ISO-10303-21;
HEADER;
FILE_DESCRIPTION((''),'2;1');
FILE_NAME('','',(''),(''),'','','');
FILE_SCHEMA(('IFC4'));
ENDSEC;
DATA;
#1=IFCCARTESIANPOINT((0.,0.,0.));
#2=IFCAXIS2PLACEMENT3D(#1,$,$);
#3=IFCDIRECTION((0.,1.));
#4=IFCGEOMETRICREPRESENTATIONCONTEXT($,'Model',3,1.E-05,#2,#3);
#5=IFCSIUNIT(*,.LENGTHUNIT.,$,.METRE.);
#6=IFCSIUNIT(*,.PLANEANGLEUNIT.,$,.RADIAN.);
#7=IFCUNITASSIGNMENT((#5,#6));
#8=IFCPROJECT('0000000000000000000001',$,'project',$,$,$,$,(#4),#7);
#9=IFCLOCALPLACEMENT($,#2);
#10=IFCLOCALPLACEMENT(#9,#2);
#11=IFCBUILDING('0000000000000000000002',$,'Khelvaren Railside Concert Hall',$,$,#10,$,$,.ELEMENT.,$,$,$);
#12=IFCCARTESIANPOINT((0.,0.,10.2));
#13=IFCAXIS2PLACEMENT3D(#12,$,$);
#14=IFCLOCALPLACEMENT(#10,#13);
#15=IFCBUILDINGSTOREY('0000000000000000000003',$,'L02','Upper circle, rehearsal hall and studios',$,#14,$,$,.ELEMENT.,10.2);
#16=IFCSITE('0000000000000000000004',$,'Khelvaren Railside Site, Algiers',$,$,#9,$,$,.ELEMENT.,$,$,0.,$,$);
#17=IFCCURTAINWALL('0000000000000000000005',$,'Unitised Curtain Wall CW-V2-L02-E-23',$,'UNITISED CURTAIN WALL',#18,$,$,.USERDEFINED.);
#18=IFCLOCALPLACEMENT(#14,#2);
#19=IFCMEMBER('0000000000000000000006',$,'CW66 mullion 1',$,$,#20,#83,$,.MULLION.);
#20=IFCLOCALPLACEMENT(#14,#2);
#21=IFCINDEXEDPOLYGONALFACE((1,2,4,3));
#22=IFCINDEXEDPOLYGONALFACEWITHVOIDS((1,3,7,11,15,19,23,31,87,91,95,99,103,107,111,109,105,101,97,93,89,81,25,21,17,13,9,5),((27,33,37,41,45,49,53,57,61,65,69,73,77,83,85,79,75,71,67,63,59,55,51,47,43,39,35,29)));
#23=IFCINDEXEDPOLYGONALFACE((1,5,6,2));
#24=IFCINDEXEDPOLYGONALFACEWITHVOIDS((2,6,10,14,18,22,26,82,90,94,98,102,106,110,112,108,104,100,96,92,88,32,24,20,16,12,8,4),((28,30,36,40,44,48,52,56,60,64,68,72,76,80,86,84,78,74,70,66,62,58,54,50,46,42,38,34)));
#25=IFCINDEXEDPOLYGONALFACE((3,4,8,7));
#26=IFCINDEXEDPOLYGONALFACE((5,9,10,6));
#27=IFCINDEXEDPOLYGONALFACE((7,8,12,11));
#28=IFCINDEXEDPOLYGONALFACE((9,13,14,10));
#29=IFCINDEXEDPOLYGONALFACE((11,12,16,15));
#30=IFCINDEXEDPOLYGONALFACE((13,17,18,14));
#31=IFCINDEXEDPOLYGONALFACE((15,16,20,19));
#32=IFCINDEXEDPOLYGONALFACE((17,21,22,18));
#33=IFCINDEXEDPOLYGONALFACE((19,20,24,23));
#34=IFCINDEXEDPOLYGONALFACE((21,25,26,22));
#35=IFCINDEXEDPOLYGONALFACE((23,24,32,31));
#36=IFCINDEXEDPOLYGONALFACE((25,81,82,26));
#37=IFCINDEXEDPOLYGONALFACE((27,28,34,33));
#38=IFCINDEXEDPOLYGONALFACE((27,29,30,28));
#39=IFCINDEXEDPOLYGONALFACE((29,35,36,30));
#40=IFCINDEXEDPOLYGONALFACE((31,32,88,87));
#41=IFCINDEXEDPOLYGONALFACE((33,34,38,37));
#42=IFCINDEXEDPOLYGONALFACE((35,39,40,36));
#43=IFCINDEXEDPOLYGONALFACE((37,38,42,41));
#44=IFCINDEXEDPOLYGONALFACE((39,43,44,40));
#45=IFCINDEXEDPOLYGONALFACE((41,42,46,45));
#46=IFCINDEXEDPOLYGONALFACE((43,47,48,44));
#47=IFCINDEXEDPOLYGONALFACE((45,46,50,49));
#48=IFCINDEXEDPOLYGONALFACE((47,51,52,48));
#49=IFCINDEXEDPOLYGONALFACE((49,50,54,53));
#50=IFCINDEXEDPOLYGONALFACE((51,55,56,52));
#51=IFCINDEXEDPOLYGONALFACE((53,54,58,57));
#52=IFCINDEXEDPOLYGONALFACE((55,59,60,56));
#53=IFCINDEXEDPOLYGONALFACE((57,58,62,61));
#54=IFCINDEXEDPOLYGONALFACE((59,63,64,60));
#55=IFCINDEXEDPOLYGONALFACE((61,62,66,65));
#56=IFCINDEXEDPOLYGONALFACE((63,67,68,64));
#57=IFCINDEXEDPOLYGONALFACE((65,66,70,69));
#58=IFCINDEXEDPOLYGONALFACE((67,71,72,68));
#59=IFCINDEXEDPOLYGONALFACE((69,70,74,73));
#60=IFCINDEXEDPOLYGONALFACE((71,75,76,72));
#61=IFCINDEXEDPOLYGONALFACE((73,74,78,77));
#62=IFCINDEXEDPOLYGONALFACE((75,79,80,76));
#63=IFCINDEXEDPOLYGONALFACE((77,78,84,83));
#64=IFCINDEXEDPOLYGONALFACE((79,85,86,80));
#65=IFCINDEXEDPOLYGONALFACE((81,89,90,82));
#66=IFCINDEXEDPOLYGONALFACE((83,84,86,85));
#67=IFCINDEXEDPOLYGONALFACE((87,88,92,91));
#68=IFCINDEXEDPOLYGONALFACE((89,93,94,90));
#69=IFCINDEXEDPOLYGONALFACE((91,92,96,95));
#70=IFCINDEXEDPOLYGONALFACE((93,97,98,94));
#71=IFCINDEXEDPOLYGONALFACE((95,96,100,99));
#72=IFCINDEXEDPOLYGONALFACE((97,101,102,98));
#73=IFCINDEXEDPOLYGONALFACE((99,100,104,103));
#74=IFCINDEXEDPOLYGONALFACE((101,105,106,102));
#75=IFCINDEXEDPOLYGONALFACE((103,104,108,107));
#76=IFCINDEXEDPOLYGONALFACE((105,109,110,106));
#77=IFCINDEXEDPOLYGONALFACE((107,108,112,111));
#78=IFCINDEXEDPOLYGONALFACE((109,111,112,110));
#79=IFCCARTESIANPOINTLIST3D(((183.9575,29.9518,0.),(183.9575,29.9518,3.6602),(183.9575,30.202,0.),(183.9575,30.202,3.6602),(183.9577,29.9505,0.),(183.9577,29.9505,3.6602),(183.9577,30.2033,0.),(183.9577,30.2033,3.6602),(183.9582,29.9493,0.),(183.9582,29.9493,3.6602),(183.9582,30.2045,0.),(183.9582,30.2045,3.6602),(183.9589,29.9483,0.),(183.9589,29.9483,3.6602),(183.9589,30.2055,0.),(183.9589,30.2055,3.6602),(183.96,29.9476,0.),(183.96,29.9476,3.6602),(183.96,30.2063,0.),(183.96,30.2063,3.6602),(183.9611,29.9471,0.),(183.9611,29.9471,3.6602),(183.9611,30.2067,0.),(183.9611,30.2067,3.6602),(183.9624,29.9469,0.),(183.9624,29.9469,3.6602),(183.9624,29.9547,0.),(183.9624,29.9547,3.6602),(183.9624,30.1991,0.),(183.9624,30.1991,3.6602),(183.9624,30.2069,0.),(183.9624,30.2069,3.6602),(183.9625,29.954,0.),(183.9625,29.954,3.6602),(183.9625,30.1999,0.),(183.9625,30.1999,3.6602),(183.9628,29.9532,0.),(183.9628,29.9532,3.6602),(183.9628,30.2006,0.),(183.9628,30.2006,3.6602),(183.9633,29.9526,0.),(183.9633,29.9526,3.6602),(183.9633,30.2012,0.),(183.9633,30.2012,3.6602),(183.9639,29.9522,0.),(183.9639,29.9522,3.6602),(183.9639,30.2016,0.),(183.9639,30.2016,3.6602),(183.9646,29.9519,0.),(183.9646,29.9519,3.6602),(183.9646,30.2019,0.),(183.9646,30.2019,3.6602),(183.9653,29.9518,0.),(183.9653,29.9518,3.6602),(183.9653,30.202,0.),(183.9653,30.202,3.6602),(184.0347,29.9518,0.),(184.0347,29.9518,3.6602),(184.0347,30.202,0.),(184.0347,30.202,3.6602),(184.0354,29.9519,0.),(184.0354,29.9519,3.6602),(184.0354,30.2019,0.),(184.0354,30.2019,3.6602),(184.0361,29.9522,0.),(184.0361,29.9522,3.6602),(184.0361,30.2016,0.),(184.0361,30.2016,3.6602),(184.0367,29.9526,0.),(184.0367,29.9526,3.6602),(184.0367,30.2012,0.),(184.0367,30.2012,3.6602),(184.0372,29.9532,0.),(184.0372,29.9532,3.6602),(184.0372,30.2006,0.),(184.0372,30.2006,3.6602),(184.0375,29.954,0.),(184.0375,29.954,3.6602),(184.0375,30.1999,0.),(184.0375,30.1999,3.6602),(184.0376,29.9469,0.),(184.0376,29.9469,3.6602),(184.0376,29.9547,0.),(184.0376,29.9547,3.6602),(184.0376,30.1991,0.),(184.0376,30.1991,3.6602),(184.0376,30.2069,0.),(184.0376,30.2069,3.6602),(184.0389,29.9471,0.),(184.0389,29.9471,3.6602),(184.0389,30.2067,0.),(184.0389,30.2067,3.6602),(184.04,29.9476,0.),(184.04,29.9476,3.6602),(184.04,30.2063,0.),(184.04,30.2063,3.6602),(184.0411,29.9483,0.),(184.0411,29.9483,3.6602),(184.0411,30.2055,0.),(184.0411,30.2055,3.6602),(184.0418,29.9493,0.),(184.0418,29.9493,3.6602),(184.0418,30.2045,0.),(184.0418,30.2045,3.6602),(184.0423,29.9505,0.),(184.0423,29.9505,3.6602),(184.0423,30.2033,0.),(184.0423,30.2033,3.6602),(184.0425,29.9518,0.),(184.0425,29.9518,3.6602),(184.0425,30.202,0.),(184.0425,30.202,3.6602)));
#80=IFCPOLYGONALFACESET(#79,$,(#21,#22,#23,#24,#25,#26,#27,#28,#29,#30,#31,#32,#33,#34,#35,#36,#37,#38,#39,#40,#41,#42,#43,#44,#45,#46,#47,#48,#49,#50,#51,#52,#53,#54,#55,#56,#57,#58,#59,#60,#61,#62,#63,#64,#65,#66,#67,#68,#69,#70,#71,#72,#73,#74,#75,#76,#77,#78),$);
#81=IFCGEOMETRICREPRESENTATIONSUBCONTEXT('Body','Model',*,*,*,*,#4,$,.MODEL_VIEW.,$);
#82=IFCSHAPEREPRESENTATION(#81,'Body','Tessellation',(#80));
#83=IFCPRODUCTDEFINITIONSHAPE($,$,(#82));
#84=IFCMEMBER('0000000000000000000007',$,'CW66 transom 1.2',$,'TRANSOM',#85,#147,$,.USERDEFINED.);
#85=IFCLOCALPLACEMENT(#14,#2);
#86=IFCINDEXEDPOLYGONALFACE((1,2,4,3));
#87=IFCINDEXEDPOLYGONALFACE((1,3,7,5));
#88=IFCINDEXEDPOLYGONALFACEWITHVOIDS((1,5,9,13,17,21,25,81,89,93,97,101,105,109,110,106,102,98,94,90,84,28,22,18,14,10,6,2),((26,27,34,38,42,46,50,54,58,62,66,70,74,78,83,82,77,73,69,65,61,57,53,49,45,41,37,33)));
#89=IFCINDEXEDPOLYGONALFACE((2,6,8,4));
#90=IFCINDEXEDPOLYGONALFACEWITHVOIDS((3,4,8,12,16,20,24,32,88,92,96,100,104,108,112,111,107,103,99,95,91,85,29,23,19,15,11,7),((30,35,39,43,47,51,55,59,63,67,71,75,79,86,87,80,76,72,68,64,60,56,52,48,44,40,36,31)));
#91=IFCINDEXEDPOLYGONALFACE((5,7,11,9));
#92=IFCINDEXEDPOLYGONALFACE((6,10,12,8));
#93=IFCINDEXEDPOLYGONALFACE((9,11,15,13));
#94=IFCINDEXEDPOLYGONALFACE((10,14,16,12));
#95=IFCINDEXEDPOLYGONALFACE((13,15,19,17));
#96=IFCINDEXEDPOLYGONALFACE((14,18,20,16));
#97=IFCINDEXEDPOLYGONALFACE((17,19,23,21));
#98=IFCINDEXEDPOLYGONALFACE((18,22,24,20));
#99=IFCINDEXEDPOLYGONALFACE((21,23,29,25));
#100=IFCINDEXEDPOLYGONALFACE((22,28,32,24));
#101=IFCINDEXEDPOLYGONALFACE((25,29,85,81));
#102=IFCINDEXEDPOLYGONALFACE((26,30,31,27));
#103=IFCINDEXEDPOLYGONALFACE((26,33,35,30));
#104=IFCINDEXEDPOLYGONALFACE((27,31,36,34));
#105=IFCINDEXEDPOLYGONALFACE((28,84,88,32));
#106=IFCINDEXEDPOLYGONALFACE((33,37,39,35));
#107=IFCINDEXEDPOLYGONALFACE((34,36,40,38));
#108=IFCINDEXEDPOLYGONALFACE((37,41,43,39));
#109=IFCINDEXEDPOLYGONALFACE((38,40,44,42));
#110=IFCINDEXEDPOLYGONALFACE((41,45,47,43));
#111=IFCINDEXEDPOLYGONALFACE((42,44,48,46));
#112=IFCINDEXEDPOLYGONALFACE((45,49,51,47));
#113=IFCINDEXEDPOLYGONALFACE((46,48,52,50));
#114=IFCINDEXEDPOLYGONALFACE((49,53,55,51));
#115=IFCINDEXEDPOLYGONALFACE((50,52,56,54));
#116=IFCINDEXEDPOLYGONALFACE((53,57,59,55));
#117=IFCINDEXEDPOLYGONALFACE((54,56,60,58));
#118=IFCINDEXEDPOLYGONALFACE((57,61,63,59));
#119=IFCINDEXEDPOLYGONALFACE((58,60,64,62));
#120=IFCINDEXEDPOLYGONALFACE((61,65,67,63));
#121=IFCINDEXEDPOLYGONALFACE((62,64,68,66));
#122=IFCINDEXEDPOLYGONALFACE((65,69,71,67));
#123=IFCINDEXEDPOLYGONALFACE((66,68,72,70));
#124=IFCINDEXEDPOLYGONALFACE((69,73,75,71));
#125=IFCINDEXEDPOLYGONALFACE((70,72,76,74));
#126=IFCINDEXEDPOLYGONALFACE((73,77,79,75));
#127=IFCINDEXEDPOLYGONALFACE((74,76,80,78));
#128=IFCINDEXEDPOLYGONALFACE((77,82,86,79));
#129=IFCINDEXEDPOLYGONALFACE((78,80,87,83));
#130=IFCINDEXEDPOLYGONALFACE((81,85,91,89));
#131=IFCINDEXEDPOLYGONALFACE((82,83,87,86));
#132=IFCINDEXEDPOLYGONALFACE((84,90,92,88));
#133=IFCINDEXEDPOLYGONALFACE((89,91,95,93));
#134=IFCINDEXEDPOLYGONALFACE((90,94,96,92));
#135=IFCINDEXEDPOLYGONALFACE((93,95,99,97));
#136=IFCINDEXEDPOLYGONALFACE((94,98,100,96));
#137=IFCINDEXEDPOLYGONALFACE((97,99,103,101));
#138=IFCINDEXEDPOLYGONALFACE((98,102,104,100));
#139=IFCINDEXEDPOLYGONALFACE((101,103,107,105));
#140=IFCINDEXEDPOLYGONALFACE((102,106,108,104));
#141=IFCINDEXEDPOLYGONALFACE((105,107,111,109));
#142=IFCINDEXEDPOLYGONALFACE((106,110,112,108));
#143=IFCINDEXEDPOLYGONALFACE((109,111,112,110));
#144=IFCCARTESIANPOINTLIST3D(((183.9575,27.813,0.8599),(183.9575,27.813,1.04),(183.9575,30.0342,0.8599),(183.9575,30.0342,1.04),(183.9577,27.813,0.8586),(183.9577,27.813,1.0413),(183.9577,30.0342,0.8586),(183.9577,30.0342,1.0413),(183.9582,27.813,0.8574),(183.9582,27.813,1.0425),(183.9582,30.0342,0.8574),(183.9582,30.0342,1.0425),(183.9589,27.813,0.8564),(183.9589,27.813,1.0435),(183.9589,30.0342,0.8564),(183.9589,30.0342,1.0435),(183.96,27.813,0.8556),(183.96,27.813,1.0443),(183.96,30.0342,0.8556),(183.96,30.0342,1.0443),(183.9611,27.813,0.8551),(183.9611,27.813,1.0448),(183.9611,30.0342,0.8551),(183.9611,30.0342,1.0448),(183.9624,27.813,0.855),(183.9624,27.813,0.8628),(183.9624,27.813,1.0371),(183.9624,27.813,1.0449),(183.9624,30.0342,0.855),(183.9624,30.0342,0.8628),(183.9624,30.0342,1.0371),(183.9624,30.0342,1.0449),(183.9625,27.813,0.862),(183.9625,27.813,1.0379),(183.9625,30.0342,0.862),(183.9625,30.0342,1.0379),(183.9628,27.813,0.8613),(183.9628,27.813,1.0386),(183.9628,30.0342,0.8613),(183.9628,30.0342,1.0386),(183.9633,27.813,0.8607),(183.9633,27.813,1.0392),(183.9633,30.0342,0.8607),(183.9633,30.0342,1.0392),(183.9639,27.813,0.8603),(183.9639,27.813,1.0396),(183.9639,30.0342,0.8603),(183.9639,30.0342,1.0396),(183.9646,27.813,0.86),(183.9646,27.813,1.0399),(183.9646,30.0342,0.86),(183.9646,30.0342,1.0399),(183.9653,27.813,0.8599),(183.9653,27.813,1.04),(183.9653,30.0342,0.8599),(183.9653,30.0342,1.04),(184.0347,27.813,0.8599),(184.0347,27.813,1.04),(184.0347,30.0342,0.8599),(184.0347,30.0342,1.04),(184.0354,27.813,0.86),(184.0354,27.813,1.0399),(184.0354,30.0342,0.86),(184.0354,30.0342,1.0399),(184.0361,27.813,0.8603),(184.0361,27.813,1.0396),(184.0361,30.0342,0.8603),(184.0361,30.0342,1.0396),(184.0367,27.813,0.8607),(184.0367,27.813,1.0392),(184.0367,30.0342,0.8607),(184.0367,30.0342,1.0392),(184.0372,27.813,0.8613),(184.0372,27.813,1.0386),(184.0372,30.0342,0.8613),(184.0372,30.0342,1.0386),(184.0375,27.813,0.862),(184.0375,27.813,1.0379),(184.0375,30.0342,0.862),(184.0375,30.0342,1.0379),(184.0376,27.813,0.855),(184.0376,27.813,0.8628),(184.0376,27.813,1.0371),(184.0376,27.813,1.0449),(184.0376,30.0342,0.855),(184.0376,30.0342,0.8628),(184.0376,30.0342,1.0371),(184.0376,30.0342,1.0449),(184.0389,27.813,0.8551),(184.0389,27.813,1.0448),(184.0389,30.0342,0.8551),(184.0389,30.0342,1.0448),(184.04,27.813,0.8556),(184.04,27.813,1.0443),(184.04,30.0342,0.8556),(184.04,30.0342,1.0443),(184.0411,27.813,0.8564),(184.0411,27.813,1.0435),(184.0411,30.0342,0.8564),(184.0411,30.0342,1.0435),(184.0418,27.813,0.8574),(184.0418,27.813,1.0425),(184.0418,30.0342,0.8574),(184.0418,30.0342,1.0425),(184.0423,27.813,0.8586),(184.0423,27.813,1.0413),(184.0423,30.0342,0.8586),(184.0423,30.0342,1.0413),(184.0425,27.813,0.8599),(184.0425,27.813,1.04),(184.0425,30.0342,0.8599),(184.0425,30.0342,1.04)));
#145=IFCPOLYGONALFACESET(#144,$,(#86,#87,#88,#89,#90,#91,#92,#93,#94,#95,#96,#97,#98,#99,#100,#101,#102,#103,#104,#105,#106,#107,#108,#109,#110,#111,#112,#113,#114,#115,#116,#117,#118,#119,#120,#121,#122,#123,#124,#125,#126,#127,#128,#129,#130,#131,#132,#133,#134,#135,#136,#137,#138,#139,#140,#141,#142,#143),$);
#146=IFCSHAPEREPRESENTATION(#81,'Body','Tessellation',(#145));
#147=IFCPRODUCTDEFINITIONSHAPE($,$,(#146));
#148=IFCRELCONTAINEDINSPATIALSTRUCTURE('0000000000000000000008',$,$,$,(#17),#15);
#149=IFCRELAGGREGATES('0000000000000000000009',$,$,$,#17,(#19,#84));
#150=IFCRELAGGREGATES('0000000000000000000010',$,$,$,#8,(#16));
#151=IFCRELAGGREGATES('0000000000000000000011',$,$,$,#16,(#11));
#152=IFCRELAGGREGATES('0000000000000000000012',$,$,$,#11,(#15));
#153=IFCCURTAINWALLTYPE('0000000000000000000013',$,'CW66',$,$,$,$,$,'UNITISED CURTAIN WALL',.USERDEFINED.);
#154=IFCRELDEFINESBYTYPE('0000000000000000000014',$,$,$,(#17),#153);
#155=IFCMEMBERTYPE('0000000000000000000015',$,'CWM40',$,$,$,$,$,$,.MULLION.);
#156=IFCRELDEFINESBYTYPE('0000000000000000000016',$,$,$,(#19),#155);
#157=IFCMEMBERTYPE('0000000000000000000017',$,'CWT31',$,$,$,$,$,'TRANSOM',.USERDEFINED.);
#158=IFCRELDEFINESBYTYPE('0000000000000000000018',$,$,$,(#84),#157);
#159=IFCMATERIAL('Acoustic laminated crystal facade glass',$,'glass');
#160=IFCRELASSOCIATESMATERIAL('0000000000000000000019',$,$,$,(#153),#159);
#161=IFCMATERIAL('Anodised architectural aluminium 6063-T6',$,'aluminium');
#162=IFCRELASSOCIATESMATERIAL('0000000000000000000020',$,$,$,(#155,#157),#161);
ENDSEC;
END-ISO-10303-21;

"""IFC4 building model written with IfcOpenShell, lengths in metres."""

from ifc_helpers import new_model, si_unit, direction, frame, origin, origin_2d, place, context, subcontext, project, spatial, hollow_rectangle, extrude, material, material_profile, profile_set, type_object, element, aggregate, save


model = new_model("IFC4")

# Units and contexts
model_context = context("Model", 3, precision=1e-05, world=origin(), true_north=direction((0.0, 1.0)))
body_context = subcontext(model_context, "Body", "Model", "MODEL_VIEW")
ifc_project = project(units=[si_unit("LENGTHUNIT", "METRE"), si_unit("PLANEANGLEUNIT", "RADIAN")], contexts=[model_context])

# Site, building, storey
site_placement = place(None, origin())
site = spatial("IfcSite", under=ifc_project, at=site_placement, Name="Khelvaren Railside Site, Algiers", CompositionType="ELEMENT", RefElevation=0.0)
building_placement = place(site_placement, origin())
building = spatial("IfcBuilding", under=site, at=building_placement, Name="Khelvaren Railside Concert Hall", CompositionType="ELEMENT")
storey_placement = place(building_placement, frame((0.0, 0.0, 10.2)))
storey = spatial("IfcBuildingStorey", under=building, at=storey_placement, Name="L02", Description="Upper circle, rehearsal hall and studios", CompositionType="ELEMENT", Elevation=10.2)

# Curtain wall, members
ifc_material_1 = material(Name="Anodised architectural aluminium 6063-T6", Category="aluminium")
ifc_material_2 = material(Name="Acoustic laminated crystal facade glass", Category="glass")
curtain_wall_type_1 = type_object("IfcCurtainWallType", Name="CW66", ElementType="UNITISED CURTAIN WALL", PredefinedType="USERDEFINED", material=ifc_material_2)
curtain_wall_1_placement = place(storey_placement, origin())
curtain_wall_1 = element("IfcCurtainWall", 1, at=curtain_wall_1_placement, inside=storey, type_object=curtain_wall_type_1, Name="Unitised Curtain Wall CW-V2-L02-E-23", ObjectType="UNITISED CURTAIN WALL", PredefinedType="USERDEFINED")
ifc_material_profile_1 = material_profile(ifc_material_1, hollow_rectangle(XDim=0.085, YDim=0.26, WallThickness=0.0049, InnerFilletRadius=0.0029, OuterFilletRadius=0.0049, at=origin_2d()), Name="CWM 85x260x5")
ifc_profile_set_1 = profile_set([ifc_material_profile_1], Name="Anodised architectural aluminium 6063-T6")
member_type_1 = type_object("IfcMemberType", Name="CWM40", PredefinedType="MULLION", material=ifc_profile_set_1)
member_1_placement = place(storey_placement, frame((184.0, 30.0769, 0.0), z_axis=(0.0, 0.0, 1.0), x_axis=(1.0, 0.0, 0.0)))
member_1 = element("IfcMember", 2, at=member_1_placement, type_object=member_type_1, Name="CW66 mullion 1", PredefinedType="MULLION", context=body_context, shape_type="SweptSolid", body=[
    extrude(hollow_rectangle(XDim=0.085, YDim=0.26, WallThickness=0.0049, InnerFilletRadius=0.0029, OuterFilletRadius=0.0049, at=origin_2d()), origin(), (0.0, 0.0, 1.0), 3.6602),
])
ifc_material_profile_2 = material_profile(ifc_material_1, hollow_rectangle(XDim=0.085, YDim=0.1899, WallThickness=0.0049, InnerFilletRadius=0.0029, OuterFilletRadius=0.0049, at=origin_2d()), Name="CWT 85x190x5")
ifc_profile_set_2 = profile_set([ifc_material_profile_2], Name="Anodised architectural aluminium 6063-T6")
member_type_2 = type_object("IfcMemberType", Name="CWT31", ElementType="TRANSOM", PredefinedType="USERDEFINED", material=ifc_profile_set_2)
member_2_placement = place(storey_placement, frame((184.0, 30.0342, 0.95), z_axis=(0.0, -1.0, 0.0), x_axis=(1.0, 0.0, 0.0)))
member_2 = element("IfcMember", 3, at=member_2_placement, type_object=member_type_2, Name="CW66 transom 1.2", ObjectType="TRANSOM", PredefinedType="USERDEFINED", context=body_context, shape_type="SweptSolid", body=[
    extrude(hollow_rectangle(XDim=0.085, YDim=0.1899, WallThickness=0.0049, InnerFilletRadius=0.0029, OuterFilletRadius=0.0049, at=origin_2d()), origin(), (0.0, 0.0, 1.0), 2.2212),
])
aggregate(curtain_wall_1, [member_1, member_2])

save(model, "model.ifc")
